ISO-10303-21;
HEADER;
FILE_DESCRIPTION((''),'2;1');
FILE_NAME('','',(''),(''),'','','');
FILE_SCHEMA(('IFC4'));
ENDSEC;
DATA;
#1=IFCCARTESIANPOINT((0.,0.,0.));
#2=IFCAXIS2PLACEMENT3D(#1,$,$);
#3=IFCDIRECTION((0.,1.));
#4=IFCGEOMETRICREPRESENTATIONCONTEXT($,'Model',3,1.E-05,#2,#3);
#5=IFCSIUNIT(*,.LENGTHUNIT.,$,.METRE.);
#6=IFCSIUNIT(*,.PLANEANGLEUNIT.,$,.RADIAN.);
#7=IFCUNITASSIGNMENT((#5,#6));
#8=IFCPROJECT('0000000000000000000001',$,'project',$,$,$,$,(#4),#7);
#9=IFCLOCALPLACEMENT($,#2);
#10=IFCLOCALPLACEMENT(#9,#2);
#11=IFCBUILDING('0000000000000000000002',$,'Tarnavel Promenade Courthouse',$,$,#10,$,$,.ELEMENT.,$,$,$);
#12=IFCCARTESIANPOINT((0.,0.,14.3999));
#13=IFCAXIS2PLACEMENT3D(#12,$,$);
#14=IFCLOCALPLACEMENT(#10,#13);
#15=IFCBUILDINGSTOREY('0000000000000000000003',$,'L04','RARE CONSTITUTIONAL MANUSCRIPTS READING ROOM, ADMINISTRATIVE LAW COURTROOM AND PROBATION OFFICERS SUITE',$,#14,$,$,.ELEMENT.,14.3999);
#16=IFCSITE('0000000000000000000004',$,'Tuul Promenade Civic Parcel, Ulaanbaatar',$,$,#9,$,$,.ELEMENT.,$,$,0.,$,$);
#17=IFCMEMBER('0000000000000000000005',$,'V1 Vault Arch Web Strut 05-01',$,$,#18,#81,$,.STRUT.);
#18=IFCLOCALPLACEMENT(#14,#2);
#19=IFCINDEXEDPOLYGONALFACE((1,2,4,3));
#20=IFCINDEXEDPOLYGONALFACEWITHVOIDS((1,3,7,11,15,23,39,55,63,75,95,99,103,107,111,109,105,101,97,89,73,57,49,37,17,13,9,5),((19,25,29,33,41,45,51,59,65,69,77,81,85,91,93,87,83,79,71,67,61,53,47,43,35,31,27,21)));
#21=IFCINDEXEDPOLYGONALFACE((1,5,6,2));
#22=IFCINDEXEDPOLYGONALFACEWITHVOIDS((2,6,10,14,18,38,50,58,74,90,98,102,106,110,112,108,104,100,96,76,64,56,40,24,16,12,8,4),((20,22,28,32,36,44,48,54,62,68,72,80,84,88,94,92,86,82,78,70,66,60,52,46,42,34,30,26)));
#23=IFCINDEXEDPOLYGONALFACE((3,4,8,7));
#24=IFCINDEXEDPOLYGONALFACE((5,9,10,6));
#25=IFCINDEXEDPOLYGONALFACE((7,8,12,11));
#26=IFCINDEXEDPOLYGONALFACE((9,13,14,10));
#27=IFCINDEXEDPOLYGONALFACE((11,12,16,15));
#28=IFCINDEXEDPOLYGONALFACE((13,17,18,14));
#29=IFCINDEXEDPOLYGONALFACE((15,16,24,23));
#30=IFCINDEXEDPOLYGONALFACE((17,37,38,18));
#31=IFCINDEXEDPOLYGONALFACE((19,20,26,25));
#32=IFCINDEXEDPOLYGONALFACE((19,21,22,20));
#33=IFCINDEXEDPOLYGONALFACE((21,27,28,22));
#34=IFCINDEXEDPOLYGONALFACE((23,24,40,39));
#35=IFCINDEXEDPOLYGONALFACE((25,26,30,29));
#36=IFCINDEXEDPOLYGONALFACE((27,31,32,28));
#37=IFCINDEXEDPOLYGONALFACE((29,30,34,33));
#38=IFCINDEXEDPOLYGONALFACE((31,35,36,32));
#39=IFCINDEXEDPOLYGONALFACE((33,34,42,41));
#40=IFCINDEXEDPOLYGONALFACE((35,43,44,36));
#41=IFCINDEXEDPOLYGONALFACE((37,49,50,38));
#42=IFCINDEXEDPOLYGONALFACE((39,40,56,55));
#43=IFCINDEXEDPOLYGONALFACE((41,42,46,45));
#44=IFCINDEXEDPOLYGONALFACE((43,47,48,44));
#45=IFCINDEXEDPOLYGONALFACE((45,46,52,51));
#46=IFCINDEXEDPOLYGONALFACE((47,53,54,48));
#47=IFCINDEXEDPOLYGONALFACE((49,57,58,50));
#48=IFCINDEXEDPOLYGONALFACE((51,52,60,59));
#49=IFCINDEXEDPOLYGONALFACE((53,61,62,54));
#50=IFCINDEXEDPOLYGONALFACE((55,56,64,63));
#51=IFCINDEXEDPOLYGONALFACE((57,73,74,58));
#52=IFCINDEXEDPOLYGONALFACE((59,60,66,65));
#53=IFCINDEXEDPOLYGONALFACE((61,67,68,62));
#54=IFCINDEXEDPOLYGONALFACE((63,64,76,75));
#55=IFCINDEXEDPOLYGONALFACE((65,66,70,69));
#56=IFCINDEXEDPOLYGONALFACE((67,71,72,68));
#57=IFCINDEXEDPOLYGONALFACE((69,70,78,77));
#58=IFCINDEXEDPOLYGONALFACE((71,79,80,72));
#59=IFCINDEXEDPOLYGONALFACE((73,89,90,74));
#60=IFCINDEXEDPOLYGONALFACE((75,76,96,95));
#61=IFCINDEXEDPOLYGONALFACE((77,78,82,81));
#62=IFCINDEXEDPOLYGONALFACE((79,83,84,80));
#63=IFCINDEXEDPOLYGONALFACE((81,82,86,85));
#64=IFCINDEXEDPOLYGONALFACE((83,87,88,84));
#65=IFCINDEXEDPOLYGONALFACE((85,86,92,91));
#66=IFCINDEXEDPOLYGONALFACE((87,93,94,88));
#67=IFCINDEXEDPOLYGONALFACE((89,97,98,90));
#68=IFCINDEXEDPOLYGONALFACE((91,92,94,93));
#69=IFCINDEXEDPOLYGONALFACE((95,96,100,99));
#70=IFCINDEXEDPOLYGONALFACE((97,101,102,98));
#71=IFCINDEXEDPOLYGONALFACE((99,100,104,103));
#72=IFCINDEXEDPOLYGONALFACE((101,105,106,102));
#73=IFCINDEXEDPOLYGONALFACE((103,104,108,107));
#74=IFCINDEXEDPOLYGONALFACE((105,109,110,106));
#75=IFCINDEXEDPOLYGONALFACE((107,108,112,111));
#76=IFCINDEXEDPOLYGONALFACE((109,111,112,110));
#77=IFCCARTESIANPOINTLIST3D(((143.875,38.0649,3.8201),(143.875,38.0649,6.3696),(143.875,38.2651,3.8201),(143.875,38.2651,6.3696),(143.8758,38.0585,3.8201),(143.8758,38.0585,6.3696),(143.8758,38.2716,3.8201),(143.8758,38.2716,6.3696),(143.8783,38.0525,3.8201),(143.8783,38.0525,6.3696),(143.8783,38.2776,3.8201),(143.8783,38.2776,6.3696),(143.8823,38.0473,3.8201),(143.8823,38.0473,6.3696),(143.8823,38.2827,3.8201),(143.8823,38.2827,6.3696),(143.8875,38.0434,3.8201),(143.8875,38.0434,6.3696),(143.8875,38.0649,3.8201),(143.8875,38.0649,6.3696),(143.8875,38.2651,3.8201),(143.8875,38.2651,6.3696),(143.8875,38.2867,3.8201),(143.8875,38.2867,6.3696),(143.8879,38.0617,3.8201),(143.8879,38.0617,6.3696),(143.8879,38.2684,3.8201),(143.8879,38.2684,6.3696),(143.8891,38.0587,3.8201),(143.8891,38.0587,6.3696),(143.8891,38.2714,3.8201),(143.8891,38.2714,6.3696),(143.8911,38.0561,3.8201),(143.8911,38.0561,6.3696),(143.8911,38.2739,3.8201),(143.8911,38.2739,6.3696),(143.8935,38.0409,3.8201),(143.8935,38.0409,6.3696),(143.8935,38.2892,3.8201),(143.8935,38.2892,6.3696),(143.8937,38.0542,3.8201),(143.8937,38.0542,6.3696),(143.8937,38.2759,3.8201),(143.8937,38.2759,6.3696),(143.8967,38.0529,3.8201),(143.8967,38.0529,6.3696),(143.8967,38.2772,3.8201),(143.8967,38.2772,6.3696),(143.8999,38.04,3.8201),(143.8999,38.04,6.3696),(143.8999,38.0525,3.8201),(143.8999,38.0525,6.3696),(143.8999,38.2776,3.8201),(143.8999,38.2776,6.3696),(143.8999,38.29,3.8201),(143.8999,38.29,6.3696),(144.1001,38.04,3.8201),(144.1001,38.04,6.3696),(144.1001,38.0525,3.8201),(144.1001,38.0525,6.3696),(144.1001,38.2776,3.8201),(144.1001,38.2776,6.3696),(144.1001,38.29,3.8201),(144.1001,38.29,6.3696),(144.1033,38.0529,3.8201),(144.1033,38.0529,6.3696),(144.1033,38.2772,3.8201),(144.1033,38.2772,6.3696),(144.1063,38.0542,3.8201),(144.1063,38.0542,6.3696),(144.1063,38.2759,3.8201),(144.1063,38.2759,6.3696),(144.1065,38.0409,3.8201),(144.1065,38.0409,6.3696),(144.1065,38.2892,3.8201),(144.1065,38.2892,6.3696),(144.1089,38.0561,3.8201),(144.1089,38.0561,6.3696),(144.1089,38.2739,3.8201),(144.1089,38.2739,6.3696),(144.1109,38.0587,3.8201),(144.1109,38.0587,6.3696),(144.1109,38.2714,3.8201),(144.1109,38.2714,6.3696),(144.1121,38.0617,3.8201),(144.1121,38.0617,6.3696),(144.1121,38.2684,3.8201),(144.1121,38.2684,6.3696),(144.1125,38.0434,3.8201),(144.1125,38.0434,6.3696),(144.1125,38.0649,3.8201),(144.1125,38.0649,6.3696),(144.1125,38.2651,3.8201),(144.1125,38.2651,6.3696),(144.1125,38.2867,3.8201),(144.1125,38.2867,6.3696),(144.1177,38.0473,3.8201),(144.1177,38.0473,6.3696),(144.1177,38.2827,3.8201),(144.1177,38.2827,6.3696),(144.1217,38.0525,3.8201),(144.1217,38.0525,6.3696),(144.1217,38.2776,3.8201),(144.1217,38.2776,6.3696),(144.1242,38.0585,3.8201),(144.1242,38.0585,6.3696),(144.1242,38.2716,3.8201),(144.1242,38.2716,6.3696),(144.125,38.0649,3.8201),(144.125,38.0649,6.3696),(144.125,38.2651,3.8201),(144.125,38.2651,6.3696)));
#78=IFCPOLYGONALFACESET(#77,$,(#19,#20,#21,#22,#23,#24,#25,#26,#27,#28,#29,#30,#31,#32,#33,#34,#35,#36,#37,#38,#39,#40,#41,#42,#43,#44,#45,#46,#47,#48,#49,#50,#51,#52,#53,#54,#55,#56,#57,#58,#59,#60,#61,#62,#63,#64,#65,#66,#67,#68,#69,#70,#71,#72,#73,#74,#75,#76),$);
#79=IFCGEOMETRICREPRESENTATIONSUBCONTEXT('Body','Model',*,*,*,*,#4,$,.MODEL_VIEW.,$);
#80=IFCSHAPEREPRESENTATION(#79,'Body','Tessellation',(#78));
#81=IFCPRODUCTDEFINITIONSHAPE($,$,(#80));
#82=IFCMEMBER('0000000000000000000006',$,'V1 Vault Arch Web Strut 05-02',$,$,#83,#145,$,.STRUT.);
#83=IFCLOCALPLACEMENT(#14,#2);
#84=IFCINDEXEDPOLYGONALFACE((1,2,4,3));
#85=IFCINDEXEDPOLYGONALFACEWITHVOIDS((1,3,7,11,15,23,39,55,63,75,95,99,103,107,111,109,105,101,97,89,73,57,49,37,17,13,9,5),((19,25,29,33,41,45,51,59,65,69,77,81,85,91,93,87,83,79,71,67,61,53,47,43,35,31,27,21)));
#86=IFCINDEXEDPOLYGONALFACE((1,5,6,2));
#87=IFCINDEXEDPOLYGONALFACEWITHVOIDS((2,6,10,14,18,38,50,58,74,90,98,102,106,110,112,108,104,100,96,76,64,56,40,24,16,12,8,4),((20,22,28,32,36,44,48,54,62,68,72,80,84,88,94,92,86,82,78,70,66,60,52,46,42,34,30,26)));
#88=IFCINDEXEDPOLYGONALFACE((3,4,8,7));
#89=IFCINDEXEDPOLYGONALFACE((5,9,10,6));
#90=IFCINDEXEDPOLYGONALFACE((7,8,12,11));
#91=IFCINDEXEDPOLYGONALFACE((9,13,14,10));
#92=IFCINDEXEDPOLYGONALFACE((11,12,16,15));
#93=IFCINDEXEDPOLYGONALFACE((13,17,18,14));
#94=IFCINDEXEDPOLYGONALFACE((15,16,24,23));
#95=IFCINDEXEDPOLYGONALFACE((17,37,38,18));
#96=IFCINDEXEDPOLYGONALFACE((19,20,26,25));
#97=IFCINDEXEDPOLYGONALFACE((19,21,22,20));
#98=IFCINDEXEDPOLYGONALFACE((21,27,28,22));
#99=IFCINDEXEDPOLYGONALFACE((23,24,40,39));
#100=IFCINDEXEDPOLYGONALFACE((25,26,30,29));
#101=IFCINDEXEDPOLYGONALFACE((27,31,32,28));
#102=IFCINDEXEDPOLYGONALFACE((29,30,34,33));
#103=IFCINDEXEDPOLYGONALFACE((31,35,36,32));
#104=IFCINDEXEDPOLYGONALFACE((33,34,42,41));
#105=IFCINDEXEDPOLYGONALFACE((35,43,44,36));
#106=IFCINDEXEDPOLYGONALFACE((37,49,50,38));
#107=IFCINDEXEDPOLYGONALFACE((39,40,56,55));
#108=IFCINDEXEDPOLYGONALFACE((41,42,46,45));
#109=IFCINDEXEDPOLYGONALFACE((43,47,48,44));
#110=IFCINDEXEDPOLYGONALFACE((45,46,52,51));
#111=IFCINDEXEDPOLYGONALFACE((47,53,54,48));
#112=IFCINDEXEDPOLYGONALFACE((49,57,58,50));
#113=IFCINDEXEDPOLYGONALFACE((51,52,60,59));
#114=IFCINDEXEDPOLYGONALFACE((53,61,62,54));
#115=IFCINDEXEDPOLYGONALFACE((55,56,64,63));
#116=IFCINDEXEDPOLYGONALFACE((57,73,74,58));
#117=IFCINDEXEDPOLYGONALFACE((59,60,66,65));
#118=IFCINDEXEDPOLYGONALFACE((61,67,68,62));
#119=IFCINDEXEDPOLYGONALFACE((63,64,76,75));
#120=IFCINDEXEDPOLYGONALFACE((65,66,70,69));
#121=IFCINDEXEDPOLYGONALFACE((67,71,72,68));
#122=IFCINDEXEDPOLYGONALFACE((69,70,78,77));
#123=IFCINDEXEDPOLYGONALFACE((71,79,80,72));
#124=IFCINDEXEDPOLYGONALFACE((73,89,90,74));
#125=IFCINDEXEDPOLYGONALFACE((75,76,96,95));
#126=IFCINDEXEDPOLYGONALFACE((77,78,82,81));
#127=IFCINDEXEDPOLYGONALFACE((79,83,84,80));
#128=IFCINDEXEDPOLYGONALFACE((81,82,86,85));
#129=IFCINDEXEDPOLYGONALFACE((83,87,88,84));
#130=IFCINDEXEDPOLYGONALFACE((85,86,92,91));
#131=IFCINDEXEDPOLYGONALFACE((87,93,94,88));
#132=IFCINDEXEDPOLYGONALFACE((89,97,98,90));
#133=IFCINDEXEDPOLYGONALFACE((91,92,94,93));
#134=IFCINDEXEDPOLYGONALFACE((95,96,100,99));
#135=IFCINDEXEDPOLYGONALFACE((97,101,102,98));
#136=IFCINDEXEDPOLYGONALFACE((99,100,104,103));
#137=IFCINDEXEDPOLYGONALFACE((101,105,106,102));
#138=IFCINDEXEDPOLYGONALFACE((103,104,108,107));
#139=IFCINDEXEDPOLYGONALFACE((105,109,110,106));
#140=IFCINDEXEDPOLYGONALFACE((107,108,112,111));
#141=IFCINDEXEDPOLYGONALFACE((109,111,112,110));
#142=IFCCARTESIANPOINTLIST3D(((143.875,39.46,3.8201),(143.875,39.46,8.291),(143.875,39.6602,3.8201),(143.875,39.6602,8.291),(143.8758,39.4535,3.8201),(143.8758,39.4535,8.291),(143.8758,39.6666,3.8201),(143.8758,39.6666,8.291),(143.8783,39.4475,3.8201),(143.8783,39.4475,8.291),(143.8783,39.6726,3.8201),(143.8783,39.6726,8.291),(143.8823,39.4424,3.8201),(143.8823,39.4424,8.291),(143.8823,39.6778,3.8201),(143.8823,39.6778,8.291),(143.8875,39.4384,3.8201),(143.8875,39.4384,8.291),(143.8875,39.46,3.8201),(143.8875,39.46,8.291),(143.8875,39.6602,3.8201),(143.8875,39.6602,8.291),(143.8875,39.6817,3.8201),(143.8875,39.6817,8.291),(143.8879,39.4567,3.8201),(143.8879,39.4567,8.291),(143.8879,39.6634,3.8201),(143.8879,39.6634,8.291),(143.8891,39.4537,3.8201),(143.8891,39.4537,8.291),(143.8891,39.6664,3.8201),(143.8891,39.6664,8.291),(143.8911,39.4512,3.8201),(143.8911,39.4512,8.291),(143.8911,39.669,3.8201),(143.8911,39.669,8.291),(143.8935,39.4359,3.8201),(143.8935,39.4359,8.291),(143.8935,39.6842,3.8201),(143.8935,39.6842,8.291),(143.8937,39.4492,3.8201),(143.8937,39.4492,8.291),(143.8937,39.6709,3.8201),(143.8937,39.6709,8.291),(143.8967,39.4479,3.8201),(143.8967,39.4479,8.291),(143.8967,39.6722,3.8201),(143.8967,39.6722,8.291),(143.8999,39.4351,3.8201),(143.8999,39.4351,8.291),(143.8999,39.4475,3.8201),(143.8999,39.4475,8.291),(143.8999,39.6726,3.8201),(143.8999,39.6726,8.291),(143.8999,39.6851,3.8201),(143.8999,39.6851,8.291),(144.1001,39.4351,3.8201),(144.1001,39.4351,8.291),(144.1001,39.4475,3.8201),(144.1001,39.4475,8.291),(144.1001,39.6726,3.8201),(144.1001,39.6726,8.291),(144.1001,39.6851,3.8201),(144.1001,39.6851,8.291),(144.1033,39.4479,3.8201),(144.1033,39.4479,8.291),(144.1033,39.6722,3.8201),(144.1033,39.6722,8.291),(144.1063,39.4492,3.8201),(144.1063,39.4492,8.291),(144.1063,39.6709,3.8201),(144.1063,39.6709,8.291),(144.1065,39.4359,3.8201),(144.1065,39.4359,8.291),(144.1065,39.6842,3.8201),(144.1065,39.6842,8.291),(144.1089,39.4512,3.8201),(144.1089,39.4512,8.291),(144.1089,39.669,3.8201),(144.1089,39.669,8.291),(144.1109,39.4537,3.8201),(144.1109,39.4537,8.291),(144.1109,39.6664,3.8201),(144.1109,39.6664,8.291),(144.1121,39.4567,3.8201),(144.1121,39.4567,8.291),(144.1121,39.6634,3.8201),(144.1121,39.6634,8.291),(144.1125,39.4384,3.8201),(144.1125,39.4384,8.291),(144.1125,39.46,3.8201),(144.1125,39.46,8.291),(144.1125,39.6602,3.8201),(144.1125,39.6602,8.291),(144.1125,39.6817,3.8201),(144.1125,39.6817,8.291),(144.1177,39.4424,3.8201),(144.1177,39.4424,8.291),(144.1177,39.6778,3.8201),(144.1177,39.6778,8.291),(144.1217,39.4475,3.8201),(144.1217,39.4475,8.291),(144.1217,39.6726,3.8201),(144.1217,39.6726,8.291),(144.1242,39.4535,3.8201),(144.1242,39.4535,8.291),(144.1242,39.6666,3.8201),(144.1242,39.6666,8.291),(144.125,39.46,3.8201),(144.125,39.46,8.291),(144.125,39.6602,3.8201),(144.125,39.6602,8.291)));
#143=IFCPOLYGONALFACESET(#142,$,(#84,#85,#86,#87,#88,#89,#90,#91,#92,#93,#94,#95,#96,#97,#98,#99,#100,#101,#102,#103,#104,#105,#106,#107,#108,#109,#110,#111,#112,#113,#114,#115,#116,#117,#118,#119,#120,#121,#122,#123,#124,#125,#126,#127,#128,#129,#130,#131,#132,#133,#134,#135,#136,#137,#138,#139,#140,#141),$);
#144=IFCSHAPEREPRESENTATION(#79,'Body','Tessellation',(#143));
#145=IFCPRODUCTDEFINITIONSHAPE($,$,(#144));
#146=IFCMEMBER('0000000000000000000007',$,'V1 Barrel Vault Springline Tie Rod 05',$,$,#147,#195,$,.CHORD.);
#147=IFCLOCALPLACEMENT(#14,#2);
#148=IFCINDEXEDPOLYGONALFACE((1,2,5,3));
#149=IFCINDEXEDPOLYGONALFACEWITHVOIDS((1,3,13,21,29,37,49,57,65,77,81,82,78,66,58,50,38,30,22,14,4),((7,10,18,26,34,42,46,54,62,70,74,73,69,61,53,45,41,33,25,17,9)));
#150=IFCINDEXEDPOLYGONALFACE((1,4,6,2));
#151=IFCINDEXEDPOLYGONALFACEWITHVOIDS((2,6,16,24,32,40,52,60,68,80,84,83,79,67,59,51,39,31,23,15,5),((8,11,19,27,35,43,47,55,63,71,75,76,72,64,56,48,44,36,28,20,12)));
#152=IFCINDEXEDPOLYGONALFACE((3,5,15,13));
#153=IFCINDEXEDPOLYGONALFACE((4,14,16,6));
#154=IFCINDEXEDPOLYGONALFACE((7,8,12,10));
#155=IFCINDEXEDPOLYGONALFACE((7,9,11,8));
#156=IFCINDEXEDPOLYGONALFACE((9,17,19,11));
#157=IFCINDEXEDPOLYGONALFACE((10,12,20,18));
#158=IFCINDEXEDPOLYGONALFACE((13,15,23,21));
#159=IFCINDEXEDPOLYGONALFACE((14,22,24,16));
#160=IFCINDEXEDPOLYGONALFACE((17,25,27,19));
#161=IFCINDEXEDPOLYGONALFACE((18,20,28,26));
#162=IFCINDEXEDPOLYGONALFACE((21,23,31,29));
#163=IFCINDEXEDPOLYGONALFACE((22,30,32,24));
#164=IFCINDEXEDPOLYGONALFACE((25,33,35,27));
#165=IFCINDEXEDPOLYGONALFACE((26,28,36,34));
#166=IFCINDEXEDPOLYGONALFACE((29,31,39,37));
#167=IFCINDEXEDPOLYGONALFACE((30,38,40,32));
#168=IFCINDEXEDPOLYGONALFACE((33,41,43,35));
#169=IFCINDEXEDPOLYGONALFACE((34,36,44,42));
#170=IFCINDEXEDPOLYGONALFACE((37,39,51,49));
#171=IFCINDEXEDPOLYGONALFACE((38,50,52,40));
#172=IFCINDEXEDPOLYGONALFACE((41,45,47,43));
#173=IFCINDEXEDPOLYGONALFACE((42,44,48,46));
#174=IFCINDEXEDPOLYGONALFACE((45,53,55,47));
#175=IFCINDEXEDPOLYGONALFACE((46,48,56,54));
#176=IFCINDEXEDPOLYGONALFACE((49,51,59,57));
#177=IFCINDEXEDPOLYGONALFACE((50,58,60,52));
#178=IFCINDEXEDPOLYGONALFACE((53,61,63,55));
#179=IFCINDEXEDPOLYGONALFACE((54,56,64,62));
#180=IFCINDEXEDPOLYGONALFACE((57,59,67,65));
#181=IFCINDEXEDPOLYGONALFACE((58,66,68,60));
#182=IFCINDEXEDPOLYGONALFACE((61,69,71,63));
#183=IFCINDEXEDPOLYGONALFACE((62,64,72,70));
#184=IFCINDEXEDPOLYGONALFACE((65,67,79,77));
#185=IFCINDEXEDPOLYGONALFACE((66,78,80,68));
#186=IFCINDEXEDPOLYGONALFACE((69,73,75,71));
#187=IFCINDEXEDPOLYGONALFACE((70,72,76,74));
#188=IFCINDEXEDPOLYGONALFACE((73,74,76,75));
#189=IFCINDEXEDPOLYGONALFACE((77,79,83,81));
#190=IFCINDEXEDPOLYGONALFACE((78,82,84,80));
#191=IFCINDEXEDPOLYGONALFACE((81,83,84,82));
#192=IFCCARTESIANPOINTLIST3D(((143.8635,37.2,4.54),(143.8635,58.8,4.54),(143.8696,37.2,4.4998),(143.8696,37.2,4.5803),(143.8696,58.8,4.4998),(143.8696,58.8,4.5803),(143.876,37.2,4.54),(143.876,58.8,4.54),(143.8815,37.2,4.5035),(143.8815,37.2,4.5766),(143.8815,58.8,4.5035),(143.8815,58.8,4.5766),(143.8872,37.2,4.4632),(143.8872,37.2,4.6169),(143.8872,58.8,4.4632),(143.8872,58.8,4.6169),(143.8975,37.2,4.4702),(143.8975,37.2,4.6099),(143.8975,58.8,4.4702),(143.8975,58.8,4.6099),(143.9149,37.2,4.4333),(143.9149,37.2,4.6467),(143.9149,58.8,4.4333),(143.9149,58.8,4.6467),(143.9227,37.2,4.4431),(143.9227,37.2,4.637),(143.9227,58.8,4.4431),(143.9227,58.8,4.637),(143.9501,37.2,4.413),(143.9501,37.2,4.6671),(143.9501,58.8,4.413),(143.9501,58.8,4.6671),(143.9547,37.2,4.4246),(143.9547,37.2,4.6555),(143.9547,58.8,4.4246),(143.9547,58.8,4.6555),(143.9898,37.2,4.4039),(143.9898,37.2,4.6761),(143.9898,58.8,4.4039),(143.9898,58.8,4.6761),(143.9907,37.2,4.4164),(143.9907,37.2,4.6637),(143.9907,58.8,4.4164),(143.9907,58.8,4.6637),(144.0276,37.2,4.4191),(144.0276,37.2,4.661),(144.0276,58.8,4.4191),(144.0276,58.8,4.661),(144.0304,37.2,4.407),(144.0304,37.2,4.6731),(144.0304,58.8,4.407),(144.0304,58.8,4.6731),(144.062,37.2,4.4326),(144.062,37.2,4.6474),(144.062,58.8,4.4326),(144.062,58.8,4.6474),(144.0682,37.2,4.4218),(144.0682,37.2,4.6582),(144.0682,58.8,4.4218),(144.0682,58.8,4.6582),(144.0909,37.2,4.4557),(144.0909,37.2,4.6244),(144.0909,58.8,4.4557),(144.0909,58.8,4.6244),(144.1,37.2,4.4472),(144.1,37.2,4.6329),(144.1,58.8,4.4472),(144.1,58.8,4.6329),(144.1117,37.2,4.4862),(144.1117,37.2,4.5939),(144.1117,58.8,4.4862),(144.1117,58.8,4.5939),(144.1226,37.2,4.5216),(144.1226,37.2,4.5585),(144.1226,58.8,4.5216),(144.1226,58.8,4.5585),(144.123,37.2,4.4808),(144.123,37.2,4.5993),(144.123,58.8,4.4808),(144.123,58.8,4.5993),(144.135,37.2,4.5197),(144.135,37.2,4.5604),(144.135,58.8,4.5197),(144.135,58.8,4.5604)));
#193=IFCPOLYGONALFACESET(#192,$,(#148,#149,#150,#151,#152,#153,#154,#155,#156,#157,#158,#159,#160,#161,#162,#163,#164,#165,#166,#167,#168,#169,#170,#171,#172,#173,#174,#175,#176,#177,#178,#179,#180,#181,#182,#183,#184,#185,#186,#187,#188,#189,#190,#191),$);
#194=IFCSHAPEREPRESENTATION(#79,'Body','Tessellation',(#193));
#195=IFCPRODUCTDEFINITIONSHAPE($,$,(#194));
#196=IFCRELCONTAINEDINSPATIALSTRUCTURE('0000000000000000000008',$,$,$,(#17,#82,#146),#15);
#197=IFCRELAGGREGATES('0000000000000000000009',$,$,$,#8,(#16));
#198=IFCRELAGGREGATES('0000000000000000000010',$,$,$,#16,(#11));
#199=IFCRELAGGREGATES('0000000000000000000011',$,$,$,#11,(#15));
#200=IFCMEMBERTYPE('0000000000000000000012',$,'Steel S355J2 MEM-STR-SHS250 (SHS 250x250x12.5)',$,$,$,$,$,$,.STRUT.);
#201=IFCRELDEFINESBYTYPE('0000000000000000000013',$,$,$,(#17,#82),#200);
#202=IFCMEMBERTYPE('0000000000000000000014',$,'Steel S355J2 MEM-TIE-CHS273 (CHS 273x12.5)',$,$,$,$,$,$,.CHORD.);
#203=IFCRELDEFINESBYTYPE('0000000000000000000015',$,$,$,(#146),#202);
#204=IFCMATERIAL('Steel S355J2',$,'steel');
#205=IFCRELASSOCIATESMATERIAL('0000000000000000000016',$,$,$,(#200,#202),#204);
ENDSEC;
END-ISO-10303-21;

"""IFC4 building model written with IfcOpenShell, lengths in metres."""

from ifc_helpers import new_model, si_unit, direction, frame, origin, origin_2d, place, context, subcontext, project, spatial, hollow_rectangle, hollow_circle, extrude, material, material_profile, profile_set, type_object, element, save


model = new_model("IFC4")

# Units and contexts
model_context = context("Model", 3, precision=1e-05, world=origin(), true_north=direction((0.0, 1.0)))
body_context = subcontext(model_context, "Body", "Model", "MODEL_VIEW")
ifc_project = project(units=[si_unit("LENGTHUNIT", "METRE"), si_unit("PLANEANGLEUNIT", "RADIAN")], contexts=[model_context])

# Site, building, storey
site_placement = place(None, origin())
site = spatial("IfcSite", under=ifc_project, at=site_placement, Name="Tuul Promenade Civic Parcel, Ulaanbaatar", CompositionType="ELEMENT", RefElevation=0.0)
building_placement = place(site_placement, origin())
building = spatial("IfcBuilding", under=site, at=building_placement, Name="Tarnavel Promenade Courthouse", CompositionType="ELEMENT")
storey_placement = place(building_placement, frame((0.0, 0.0, 14.3999)))
storey = spatial("IfcBuildingStorey", under=building, at=storey_placement, Name="L04", Description="RARE CONSTITUTIONAL MANUSCRIPTS READING ROOM, ADMINISTRATIVE LAW COURTROOM AND PROBATION OFFICERS SUITE", CompositionType="ELEMENT", Elevation=14.3999)

# Shared definitions
ifc_material_1 = material(Name="Steel S355J2", Category="steel")

# Members
ifc_material_profile_1 = material_profile(ifc_material_1, hollow_rectangle(XDim=0.25, YDim=0.25, WallThickness=0.0125, InnerFilletRadius=0.0125, OuterFilletRadius=0.0249, at=origin_2d()), Name="SHS 250x250x12.5")
ifc_profile_set_1 = profile_set([ifc_material_profile_1], Name="Steel S355J2")
member_type_1 = type_object("IfcMemberType", Name="Steel S355J2 MEM-STR-SHS250 (SHS 250x250x12.5)", PredefinedType="STRUT", material=ifc_profile_set_1)
member_1_placement = place(storey_placement, frame((144.0, 38.165, 3.8201), z_axis=(0.0, 0.0, 1.0), x_axis=(1.0, 0.0, 0.0)))
element("IfcMember", 1, at=member_1_placement, inside=storey, type_object=member_type_1, Name="V1 Vault Arch Web Strut 05-01", PredefinedType="STRUT", context=body_context, shape_type="SweptSolid", body=[
    extrude(hollow_rectangle(XDim=0.25, YDim=0.25, WallThickness=0.0125, InnerFilletRadius=0.0125, OuterFilletRadius=0.0249, at=origin_2d()), origin(), (0.0, 0.0, 1.0), 2.5496),
])
member_2_placement = place(storey_placement, frame((144.0, 39.5601, 3.8201), z_axis=(0.0, 0.0, 1.0), x_axis=(1.0, 0.0, 0.0)))
element("IfcMember", 2, at=member_2_placement, inside=storey, type_object=member_type_1, Name="V1 Vault Arch Web Strut 05-02", PredefinedType="STRUT", context=body_context, shape_type="SweptSolid", body=[
    extrude(hollow_rectangle(XDim=0.25, YDim=0.25, WallThickness=0.0125, InnerFilletRadius=0.0125, OuterFilletRadius=0.0249, at=origin_2d()), origin(), (0.0, 0.0, 1.0), 4.4709),
])
ifc_material_profile_2 = material_profile(ifc_material_1, hollow_circle(Radius=0.1365, WallThickness=0.0125, at=origin_2d()), Name="CHS 273x12.5")
ifc_profile_set_2 = profile_set([ifc_material_profile_2], Name="Steel S355J2")
member_type_2 = type_object("IfcMemberType", Name="Steel S355J2 MEM-TIE-CHS273 (CHS 273x12.5)", PredefinedType="CHORD", material=ifc_profile_set_2)
member_3_placement = place(storey_placement, frame((144.0, 37.2, 4.54), z_axis=(0.0, 1.0, 0.0), x_axis=(-1.0, 0.0, 0.0)))
element("IfcMember", 3, at=member_3_placement, inside=storey, type_object=member_type_2, Name="V1 Barrel Vault Springline Tie Rod 05", PredefinedType="CHORD", context=body_context, shape_type="SweptSolid", body=[
    extrude(hollow_circle(Radius=0.1365, WallThickness=0.0125, at=origin_2d()), origin(), (0.0, 0.0, 1.0), 21.6001),
])

save(model, "model.ifc")
